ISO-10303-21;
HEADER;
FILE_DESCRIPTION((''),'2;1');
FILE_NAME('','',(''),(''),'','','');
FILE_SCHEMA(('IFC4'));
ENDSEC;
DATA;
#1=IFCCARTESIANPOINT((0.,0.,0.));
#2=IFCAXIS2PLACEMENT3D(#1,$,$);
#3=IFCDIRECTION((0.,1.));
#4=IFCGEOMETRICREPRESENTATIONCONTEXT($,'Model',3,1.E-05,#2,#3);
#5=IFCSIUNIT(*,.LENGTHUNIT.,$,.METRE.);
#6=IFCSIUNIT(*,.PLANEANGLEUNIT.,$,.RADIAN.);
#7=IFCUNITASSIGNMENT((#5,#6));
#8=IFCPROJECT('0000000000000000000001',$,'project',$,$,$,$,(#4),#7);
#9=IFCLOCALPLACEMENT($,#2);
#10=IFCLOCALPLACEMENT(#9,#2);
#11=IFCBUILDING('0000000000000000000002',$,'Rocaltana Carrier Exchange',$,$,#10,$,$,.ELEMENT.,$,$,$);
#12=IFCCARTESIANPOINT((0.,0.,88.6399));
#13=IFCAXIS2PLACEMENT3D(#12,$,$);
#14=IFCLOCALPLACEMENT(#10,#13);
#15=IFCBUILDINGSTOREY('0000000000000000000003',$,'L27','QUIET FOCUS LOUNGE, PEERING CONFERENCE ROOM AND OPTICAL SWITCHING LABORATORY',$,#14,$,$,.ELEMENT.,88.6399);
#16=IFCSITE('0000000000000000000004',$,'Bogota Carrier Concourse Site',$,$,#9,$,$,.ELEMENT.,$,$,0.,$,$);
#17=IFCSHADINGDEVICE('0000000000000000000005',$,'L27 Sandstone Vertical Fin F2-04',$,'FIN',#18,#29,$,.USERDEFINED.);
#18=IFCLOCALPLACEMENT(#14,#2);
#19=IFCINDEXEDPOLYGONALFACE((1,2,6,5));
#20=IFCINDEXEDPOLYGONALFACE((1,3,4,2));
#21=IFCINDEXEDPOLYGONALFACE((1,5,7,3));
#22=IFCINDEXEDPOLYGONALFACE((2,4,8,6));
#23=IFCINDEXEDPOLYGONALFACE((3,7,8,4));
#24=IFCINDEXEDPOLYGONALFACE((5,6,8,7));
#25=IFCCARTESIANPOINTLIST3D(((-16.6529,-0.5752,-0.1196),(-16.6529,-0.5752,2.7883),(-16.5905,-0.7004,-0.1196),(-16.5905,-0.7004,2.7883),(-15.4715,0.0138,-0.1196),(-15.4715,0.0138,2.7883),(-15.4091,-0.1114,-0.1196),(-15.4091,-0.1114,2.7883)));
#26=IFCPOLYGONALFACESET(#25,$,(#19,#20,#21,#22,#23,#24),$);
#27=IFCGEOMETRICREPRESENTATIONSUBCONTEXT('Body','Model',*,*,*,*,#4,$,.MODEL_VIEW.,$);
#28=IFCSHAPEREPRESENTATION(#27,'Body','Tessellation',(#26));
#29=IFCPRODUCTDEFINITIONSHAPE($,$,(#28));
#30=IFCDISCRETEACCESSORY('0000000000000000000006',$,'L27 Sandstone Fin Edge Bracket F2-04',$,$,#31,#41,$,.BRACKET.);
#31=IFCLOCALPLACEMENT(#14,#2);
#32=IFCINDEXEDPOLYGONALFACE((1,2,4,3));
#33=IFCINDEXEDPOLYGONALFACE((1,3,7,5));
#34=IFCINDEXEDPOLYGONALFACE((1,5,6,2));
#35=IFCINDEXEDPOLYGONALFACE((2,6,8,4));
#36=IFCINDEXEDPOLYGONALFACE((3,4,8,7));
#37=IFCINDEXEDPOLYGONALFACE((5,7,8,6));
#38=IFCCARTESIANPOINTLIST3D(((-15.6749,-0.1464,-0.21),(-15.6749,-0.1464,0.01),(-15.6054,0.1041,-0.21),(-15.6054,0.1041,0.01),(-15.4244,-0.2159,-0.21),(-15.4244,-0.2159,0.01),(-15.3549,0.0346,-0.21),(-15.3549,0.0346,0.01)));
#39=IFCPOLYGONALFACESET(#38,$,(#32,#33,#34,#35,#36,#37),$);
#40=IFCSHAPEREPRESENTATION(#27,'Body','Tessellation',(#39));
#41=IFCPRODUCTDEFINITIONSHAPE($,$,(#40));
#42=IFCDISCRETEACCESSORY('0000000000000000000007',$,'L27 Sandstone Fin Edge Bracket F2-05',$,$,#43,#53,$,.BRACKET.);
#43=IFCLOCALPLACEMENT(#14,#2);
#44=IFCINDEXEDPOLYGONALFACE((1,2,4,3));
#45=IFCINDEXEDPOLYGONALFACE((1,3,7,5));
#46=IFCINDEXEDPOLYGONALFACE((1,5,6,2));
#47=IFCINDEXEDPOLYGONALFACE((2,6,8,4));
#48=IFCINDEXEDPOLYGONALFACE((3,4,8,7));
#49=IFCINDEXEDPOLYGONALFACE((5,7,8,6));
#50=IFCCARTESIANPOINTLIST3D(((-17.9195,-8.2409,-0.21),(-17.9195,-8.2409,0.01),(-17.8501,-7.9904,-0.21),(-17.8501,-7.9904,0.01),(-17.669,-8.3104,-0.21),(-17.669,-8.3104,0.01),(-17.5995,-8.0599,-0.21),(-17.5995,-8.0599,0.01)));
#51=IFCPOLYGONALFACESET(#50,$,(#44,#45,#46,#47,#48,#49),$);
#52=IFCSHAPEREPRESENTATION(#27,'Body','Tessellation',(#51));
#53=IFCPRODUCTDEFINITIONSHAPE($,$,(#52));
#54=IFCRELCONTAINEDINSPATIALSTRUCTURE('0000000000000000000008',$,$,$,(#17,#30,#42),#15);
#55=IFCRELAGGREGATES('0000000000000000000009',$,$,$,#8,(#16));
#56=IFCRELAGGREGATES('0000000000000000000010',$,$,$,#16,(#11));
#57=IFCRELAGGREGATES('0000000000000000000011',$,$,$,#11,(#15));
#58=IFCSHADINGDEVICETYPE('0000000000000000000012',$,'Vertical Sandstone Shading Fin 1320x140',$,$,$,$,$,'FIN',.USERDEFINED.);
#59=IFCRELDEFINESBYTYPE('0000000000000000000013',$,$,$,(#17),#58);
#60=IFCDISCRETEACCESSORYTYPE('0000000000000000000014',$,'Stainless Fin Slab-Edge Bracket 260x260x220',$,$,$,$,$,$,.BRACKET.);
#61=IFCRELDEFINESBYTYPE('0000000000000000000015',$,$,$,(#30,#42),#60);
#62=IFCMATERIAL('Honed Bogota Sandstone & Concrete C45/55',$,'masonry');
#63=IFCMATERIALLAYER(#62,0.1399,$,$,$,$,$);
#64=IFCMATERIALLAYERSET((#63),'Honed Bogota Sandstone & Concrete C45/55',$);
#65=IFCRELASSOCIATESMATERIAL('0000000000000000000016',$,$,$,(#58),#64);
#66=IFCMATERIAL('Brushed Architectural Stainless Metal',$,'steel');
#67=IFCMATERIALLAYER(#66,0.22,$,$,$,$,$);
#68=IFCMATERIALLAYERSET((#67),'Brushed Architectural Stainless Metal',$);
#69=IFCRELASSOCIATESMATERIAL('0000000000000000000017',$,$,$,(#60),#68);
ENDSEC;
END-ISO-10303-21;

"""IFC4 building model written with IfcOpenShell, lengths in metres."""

from ifc_helpers import new_model, si_unit, direction, frame, origin, origin_2d, place, context, subcontext, project, spatial, rectangle, extrude, material, layer, layer_set, type_object, element, save


model = new_model("IFC4")

# Units and contexts
model_context = context("Model", 3, precision=1e-05, world=origin(), true_north=direction((0.0, 1.0)))
body_context = subcontext(model_context, "Body", "Model", "MODEL_VIEW")
ifc_project = project(units=[si_unit("LENGTHUNIT", "METRE"), si_unit("PLANEANGLEUNIT", "RADIAN")], contexts=[model_context])

# Site, building, storey
site_placement = place(None, origin())
site = spatial("IfcSite", under=ifc_project, at=site_placement, Name="Bogota Carrier Concourse Site", CompositionType="ELEMENT", RefElevation=0.0)
building_placement = place(site_placement, origin())
building = spatial("IfcBuilding", under=site, at=building_placement, Name="Rocaltana Carrier Exchange", CompositionType="ELEMENT")
storey_placement = place(building_placement, frame((0.0, 0.0, 88.6399)))
storey = spatial("IfcBuildingStorey", under=building, at=storey_placement, Name="L27", Description="QUIET FOCUS LOUNGE, PEERING CONFERENCE ROOM AND OPTICAL SWITCHING LABORATORY", CompositionType="ELEMENT", Elevation=88.6399)

# Shading device
ifc_material_1 = material(Name="Honed Bogota Sandstone & Concrete C45/55", Category="masonry")
ifc_layer_1 = layer(ifc_material_1, 0.1399)
ifc_layer_set_1 = layer_set([ifc_layer_1], Name="Honed Bogota Sandstone & Concrete C45/55")
shading_device_type = type_object("IfcShadingDeviceType", Name="Vertical Sandstone Shading Fin 1320x140", ElementType="FIN", PredefinedType="USERDEFINED", material=ifc_layer_set_1)
shading_device_placement = place(storey_placement, frame((-16.031, -0.3433, -0.1196), z_axis=(0.0, 0.0, 1.0), x_axis=(-0.894934, -0.446198, 0.0)))
element("IfcShadingDevice", 1, at=shading_device_placement, inside=storey, type_object=shading_device_type, Name="L27 Sandstone Vertical Fin F2-04", ObjectType="FIN", PredefinedType="USERDEFINED", context=body_context, shape_type="SweptSolid", body=[
    extrude(rectangle(XDim=1.3201, YDim=0.1399, at=origin_2d()), origin(), (0.0, 0.0, 1.0), 2.908),
])

# Discrete accessories
ifc_material_2 = material(Name="Brushed Architectural Stainless Metal", Category="steel")
ifc_layer_2 = layer(ifc_material_2, 0.22)
ifc_layer_set_2 = layer_set([ifc_layer_2], Name="Brushed Architectural Stainless Metal")
discrete_accessory_type = type_object("IfcDiscreteAccessoryType", Name="Stainless Fin Slab-Edge Bracket 260x260x220", PredefinedType="BRACKET", material=ifc_layer_set_2)
for number, where, z_axis, x_axis, name in (
    (2, (-15.5149, -0.0559, -0.21), (0.0, 0.0, 1.0), (-0.267238, -0.96363, 0.0), "L27 Sandstone Fin Edge Bracket F2-04"),
    (3, (-17.7595, -8.1504, -0.21), (0.0, 0.0, 1.0), (-0.267238, -0.96363, 0.0), "L27 Sandstone Fin Edge Bracket F2-05"),
):
    element("IfcDiscreteAccessory", number, at=place(storey_placement, frame(where, z_axis=z_axis, x_axis=x_axis)), inside=storey, type_object=discrete_accessory_type, Name=name, PredefinedType="BRACKET", context=body_context, shape_type="SweptSolid", body=[
        extrude(rectangle(XDim=0.26, YDim=0.26, at=origin_2d()), origin(), (0.0, 0.0, 1.0), 0.22),
    ])

save(model, "model.ifc")
